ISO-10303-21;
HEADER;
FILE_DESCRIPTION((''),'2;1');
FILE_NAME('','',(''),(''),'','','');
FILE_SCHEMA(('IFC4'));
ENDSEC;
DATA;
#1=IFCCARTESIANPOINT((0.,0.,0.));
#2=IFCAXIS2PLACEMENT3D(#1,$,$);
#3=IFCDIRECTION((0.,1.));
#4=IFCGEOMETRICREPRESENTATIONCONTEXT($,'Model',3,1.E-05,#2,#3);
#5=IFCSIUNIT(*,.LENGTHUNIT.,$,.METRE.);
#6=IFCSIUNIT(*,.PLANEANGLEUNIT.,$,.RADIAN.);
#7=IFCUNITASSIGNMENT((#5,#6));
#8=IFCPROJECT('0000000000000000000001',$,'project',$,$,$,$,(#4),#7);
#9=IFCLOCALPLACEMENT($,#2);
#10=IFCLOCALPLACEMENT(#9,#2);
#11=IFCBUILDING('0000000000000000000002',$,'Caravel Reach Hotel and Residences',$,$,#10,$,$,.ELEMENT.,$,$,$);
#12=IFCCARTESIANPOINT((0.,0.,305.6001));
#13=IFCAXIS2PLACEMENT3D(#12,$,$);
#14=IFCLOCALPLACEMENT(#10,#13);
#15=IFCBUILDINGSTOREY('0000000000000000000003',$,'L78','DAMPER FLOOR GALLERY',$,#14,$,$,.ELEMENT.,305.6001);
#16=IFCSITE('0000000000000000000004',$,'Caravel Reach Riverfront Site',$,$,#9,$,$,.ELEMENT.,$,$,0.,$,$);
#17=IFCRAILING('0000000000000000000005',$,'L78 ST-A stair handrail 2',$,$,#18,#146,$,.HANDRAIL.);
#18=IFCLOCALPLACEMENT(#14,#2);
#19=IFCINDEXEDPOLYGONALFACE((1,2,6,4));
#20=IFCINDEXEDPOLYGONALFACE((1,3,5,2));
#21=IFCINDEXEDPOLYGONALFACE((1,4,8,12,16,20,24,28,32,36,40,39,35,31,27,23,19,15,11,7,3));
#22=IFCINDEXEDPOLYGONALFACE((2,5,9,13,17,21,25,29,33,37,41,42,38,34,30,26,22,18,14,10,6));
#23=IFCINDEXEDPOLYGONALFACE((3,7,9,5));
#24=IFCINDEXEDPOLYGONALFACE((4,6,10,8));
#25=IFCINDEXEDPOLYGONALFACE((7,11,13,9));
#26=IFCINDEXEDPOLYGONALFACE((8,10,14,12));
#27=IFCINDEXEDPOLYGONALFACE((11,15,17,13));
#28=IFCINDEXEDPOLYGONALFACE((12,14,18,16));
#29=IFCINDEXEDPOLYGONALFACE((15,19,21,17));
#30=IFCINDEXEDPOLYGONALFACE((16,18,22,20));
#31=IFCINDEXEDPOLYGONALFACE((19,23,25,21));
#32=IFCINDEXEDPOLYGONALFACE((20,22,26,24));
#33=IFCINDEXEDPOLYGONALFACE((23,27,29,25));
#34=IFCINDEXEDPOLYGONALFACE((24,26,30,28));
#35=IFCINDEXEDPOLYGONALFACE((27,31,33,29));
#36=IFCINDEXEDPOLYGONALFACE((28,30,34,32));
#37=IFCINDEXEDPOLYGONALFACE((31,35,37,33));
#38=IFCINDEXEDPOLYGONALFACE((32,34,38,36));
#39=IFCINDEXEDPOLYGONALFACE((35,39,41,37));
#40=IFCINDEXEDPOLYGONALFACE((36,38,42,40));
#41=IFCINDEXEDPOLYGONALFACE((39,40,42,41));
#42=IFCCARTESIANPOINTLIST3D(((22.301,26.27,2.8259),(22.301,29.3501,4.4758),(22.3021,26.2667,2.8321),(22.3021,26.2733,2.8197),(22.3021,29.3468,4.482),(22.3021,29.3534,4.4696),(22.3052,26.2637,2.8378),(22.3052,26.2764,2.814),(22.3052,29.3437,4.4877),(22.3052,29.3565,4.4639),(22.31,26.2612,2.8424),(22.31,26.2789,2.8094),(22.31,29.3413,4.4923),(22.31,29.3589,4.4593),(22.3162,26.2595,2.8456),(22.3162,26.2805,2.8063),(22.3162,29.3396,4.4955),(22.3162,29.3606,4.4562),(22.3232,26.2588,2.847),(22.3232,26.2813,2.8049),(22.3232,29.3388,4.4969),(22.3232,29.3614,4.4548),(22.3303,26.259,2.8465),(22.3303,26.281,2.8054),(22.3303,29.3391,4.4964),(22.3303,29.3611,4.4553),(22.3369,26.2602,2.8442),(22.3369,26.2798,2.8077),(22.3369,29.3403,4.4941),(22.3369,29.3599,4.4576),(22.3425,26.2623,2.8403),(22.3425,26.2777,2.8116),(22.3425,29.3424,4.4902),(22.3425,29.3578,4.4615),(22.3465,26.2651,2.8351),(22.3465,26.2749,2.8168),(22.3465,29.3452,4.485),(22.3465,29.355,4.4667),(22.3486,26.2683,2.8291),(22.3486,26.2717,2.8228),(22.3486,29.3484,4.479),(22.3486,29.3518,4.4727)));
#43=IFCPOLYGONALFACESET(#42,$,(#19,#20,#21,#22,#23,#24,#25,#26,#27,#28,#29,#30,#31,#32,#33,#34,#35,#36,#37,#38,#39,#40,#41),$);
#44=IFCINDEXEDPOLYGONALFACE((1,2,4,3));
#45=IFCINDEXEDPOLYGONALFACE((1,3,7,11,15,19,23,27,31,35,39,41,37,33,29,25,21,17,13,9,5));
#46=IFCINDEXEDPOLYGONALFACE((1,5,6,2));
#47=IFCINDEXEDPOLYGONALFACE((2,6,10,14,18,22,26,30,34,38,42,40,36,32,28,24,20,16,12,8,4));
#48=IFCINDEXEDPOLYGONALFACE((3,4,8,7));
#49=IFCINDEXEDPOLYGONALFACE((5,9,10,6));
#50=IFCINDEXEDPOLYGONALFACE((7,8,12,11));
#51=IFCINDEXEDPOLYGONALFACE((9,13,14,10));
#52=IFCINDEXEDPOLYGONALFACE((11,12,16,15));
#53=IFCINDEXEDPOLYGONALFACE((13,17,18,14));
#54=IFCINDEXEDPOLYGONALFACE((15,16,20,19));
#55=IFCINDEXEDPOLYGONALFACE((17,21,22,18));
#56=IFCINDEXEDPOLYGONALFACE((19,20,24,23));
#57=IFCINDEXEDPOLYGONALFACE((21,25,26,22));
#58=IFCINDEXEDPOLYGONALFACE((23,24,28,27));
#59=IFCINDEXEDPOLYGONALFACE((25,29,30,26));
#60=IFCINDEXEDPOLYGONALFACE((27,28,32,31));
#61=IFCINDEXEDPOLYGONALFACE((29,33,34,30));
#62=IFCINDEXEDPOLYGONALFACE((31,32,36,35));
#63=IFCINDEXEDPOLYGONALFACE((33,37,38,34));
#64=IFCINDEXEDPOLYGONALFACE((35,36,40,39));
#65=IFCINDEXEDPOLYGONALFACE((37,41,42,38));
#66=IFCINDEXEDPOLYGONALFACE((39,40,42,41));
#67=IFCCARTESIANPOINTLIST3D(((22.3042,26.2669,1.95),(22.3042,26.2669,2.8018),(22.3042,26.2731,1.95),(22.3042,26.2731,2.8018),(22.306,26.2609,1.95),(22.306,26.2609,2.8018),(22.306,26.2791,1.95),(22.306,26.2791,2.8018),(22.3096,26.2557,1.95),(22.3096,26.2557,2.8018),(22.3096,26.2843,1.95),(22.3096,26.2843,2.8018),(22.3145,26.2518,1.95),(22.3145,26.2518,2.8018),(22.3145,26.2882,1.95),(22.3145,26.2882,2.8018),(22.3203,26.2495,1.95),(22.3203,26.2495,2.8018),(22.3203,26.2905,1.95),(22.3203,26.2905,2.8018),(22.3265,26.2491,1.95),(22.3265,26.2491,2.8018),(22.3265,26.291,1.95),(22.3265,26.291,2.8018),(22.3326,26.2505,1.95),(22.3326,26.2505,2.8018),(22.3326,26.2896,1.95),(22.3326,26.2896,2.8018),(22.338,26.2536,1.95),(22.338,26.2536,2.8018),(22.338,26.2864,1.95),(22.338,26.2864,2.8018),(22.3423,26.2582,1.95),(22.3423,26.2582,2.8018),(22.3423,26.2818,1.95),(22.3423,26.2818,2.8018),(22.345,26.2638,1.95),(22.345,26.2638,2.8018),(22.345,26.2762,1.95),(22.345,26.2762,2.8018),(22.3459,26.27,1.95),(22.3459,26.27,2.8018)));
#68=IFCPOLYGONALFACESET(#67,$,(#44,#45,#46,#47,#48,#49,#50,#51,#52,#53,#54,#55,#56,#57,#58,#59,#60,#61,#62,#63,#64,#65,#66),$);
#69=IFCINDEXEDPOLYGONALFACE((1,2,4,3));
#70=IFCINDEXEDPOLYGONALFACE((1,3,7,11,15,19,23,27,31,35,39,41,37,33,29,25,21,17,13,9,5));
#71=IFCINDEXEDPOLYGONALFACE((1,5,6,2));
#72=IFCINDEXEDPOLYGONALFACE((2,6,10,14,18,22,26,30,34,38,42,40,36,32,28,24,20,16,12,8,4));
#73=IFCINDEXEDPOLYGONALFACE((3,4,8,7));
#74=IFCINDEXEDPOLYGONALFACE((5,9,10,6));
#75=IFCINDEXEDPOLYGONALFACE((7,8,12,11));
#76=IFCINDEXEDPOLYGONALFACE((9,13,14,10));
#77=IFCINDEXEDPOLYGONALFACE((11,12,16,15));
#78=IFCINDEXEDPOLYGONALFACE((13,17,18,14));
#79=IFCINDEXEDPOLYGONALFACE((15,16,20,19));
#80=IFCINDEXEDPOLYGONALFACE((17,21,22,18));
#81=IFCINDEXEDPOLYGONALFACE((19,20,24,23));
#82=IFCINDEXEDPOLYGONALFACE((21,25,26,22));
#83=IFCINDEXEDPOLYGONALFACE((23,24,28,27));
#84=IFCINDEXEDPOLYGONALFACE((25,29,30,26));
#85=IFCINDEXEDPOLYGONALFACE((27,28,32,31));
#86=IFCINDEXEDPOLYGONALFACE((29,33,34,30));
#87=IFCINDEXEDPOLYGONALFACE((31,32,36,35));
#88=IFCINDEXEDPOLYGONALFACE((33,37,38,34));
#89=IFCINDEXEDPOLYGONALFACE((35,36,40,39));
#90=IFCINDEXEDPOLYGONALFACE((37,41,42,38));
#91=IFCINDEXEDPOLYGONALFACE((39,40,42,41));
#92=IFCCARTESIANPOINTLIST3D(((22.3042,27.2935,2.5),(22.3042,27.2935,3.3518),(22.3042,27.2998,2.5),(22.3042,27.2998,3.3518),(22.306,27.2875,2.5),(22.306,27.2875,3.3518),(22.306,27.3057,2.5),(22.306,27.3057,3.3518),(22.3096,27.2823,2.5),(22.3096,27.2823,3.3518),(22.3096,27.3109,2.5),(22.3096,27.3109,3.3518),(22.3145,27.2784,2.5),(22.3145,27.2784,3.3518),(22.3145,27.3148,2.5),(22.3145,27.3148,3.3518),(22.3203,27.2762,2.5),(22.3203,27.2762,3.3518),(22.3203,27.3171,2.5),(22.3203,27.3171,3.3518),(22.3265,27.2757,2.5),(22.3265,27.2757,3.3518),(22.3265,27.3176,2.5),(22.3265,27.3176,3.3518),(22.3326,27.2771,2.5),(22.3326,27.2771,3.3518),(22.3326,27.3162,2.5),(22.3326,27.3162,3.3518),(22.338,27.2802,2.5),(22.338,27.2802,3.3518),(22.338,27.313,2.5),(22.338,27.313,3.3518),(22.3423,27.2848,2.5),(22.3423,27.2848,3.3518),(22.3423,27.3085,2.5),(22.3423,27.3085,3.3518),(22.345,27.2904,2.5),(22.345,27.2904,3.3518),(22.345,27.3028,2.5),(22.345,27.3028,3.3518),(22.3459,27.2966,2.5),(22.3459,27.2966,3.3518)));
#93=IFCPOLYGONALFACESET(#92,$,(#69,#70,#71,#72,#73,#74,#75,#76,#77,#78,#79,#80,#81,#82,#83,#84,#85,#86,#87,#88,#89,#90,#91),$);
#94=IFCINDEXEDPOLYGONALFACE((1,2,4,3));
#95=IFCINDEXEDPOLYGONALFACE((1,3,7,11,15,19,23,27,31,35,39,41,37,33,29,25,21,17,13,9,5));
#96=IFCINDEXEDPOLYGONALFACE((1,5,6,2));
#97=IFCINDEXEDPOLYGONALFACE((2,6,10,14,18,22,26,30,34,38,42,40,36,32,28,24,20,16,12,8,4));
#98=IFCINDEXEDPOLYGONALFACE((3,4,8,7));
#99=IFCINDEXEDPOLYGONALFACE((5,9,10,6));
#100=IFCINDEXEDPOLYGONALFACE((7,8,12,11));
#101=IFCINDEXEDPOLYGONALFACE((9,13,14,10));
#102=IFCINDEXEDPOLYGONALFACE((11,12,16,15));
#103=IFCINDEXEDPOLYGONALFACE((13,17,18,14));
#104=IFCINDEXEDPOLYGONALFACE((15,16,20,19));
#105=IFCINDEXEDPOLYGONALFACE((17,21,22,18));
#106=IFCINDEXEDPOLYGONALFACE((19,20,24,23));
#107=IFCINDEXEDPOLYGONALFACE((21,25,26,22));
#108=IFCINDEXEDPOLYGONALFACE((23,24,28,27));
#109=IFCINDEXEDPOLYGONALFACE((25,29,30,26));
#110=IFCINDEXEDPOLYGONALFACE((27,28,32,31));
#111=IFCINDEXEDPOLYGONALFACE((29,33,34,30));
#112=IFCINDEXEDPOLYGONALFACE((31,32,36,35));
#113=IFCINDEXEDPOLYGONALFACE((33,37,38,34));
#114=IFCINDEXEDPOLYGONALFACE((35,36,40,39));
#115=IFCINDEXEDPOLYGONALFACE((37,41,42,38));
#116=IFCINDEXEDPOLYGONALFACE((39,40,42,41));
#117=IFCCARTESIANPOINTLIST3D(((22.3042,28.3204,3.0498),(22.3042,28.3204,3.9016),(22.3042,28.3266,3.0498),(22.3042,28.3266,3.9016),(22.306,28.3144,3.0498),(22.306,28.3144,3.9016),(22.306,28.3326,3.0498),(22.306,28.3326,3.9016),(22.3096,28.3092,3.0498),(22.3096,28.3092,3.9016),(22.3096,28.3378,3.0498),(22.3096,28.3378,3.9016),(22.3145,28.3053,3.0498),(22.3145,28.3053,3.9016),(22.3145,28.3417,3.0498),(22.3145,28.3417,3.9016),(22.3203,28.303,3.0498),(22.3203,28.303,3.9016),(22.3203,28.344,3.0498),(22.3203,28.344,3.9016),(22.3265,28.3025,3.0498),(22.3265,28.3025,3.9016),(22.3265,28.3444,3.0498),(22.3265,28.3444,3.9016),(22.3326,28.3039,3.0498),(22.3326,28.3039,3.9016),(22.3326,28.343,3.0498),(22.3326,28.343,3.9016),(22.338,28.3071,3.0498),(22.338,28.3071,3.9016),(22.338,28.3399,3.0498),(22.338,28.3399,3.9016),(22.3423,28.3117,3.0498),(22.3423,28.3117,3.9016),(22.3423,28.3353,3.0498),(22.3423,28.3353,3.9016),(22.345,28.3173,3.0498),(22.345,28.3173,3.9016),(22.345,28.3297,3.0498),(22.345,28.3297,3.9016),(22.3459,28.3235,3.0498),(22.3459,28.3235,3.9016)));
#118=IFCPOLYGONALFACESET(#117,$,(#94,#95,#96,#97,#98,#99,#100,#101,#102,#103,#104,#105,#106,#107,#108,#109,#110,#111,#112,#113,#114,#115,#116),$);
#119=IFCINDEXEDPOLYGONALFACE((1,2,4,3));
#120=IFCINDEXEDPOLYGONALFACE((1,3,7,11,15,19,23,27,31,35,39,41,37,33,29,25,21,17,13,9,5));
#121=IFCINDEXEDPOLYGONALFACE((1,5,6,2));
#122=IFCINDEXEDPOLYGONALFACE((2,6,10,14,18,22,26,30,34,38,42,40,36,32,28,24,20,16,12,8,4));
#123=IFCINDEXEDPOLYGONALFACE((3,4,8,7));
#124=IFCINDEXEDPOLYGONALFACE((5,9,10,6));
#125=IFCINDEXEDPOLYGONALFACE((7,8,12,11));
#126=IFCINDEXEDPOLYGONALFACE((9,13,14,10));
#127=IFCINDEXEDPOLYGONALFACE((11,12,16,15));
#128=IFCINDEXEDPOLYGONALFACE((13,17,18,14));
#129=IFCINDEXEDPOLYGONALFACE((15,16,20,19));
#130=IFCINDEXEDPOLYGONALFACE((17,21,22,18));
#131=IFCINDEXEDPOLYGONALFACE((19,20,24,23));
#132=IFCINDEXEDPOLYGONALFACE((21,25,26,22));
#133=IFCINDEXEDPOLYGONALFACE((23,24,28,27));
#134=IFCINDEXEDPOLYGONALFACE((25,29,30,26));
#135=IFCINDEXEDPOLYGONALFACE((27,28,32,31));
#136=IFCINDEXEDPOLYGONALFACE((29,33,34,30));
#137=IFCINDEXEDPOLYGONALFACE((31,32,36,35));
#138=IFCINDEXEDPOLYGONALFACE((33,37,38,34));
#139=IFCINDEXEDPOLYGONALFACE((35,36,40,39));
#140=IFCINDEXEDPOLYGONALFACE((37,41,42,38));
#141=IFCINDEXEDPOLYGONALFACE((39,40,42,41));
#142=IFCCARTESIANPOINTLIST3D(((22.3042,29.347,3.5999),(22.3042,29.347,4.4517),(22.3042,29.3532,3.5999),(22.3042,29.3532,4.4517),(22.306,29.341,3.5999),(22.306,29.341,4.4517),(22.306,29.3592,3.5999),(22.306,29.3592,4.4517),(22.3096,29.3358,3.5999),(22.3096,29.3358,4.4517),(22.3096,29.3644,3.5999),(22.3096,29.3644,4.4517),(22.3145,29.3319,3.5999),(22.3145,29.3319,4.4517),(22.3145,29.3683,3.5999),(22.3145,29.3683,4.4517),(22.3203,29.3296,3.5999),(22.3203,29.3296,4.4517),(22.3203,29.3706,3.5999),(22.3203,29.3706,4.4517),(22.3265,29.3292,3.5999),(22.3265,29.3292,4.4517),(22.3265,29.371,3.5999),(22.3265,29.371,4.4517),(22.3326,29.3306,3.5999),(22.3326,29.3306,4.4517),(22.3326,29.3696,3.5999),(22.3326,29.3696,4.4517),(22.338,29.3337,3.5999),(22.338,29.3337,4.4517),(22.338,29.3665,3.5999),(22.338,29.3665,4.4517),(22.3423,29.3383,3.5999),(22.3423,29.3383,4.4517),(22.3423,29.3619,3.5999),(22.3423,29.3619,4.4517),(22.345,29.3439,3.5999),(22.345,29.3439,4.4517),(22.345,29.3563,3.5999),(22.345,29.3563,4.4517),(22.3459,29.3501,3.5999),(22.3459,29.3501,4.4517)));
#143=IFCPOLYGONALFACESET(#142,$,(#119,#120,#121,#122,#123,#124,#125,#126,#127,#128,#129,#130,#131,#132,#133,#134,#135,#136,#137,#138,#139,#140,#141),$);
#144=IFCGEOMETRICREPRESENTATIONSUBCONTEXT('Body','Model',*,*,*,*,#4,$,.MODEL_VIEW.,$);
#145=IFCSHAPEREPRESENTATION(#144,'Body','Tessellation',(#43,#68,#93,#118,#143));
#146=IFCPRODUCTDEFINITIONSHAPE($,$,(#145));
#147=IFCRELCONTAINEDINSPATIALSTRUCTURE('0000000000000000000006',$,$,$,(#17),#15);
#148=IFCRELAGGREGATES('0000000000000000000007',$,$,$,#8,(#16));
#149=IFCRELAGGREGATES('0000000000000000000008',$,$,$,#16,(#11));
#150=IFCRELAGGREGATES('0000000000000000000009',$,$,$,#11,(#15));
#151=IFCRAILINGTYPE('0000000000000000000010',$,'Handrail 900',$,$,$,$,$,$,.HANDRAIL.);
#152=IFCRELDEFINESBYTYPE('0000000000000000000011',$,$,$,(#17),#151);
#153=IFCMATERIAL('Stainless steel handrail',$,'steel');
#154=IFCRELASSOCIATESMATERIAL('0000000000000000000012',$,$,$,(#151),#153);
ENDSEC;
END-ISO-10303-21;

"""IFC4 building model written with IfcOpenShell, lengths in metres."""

from ifc_helpers import new_model, si_unit, direction, frame, origin, origin_2d, place, context, subcontext, project, spatial, circle, extrude, material, type_object, element, save


model = new_model("IFC4")

# Units and contexts
model_context = context("Model", 3, precision=1e-05, world=origin(), true_north=direction((0.0, 1.0)))
body_context = subcontext(model_context, "Body", "Model", "MODEL_VIEW")
ifc_project = project(units=[si_unit("LENGTHUNIT", "METRE"), si_unit("PLANEANGLEUNIT", "RADIAN")], contexts=[model_context])

# Site, building, storey
site_placement = place(None, origin())
site = spatial("IfcSite", under=ifc_project, at=site_placement, Name="Caravel Reach Riverfront Site", CompositionType="ELEMENT", RefElevation=0.0)
building_placement = place(site_placement, origin())
building = spatial("IfcBuilding", under=site, at=building_placement, Name="Caravel Reach Hotel and Residences", CompositionType="ELEMENT")
storey_placement = place(building_placement, frame((0.0, 0.0, 305.6001)))
storey = spatial("IfcBuildingStorey", under=building, at=storey_placement, Name="L78", Description="DAMPER FLOOR GALLERY", CompositionType="ELEMENT", Elevation=305.6001)

# Railing
ifc_material_1 = material(Name="Stainless steel handrail", Category="steel")
railing_type_1 = type_object("IfcRailingType", Name="Handrail 900", PredefinedType="HANDRAIL", material=ifc_material_1)
railing_1_placement = place(storey_placement, frame((22.325, 26.27, 1.95)))
element("IfcRailing", 1, at=railing_1_placement, inside=storey, type_object=railing_type_1, Name="L78 ST-A stair handrail 2", PredefinedType="HANDRAIL", context=body_context, shape_type="SweptSolid", body=[
    extrude(circle(Radius=0.0239, at=origin_2d()), frame((0.0, 0.0, 0.876), z_axis=(0.0, 0.881497, 0.47219), x_axis=(-1.0, 0.0, 0.0)), (0.0, 0.0, 1.0), 3.4941),
    extrude(circle(Radius=0.021, at=origin_2d()), origin(), (0.0, 0.0, 1.0), 0.8518),
    extrude(circle(Radius=0.021, at=origin_2d()), frame((0.0, 1.0266, 0.55)), (0.0, 0.0, 1.0), 0.8518),
    extrude(circle(Radius=0.021, at=origin_2d()), frame((0.0, 2.0535, 1.0999)), (0.0, 0.0, 1.0), 0.8518),
    extrude(circle(Radius=0.021, at=origin_2d()), frame((0.0, 3.0801, 1.6499)), (0.0, 0.0, 1.0), 0.8518),
])

save(model, "model.ifc")
